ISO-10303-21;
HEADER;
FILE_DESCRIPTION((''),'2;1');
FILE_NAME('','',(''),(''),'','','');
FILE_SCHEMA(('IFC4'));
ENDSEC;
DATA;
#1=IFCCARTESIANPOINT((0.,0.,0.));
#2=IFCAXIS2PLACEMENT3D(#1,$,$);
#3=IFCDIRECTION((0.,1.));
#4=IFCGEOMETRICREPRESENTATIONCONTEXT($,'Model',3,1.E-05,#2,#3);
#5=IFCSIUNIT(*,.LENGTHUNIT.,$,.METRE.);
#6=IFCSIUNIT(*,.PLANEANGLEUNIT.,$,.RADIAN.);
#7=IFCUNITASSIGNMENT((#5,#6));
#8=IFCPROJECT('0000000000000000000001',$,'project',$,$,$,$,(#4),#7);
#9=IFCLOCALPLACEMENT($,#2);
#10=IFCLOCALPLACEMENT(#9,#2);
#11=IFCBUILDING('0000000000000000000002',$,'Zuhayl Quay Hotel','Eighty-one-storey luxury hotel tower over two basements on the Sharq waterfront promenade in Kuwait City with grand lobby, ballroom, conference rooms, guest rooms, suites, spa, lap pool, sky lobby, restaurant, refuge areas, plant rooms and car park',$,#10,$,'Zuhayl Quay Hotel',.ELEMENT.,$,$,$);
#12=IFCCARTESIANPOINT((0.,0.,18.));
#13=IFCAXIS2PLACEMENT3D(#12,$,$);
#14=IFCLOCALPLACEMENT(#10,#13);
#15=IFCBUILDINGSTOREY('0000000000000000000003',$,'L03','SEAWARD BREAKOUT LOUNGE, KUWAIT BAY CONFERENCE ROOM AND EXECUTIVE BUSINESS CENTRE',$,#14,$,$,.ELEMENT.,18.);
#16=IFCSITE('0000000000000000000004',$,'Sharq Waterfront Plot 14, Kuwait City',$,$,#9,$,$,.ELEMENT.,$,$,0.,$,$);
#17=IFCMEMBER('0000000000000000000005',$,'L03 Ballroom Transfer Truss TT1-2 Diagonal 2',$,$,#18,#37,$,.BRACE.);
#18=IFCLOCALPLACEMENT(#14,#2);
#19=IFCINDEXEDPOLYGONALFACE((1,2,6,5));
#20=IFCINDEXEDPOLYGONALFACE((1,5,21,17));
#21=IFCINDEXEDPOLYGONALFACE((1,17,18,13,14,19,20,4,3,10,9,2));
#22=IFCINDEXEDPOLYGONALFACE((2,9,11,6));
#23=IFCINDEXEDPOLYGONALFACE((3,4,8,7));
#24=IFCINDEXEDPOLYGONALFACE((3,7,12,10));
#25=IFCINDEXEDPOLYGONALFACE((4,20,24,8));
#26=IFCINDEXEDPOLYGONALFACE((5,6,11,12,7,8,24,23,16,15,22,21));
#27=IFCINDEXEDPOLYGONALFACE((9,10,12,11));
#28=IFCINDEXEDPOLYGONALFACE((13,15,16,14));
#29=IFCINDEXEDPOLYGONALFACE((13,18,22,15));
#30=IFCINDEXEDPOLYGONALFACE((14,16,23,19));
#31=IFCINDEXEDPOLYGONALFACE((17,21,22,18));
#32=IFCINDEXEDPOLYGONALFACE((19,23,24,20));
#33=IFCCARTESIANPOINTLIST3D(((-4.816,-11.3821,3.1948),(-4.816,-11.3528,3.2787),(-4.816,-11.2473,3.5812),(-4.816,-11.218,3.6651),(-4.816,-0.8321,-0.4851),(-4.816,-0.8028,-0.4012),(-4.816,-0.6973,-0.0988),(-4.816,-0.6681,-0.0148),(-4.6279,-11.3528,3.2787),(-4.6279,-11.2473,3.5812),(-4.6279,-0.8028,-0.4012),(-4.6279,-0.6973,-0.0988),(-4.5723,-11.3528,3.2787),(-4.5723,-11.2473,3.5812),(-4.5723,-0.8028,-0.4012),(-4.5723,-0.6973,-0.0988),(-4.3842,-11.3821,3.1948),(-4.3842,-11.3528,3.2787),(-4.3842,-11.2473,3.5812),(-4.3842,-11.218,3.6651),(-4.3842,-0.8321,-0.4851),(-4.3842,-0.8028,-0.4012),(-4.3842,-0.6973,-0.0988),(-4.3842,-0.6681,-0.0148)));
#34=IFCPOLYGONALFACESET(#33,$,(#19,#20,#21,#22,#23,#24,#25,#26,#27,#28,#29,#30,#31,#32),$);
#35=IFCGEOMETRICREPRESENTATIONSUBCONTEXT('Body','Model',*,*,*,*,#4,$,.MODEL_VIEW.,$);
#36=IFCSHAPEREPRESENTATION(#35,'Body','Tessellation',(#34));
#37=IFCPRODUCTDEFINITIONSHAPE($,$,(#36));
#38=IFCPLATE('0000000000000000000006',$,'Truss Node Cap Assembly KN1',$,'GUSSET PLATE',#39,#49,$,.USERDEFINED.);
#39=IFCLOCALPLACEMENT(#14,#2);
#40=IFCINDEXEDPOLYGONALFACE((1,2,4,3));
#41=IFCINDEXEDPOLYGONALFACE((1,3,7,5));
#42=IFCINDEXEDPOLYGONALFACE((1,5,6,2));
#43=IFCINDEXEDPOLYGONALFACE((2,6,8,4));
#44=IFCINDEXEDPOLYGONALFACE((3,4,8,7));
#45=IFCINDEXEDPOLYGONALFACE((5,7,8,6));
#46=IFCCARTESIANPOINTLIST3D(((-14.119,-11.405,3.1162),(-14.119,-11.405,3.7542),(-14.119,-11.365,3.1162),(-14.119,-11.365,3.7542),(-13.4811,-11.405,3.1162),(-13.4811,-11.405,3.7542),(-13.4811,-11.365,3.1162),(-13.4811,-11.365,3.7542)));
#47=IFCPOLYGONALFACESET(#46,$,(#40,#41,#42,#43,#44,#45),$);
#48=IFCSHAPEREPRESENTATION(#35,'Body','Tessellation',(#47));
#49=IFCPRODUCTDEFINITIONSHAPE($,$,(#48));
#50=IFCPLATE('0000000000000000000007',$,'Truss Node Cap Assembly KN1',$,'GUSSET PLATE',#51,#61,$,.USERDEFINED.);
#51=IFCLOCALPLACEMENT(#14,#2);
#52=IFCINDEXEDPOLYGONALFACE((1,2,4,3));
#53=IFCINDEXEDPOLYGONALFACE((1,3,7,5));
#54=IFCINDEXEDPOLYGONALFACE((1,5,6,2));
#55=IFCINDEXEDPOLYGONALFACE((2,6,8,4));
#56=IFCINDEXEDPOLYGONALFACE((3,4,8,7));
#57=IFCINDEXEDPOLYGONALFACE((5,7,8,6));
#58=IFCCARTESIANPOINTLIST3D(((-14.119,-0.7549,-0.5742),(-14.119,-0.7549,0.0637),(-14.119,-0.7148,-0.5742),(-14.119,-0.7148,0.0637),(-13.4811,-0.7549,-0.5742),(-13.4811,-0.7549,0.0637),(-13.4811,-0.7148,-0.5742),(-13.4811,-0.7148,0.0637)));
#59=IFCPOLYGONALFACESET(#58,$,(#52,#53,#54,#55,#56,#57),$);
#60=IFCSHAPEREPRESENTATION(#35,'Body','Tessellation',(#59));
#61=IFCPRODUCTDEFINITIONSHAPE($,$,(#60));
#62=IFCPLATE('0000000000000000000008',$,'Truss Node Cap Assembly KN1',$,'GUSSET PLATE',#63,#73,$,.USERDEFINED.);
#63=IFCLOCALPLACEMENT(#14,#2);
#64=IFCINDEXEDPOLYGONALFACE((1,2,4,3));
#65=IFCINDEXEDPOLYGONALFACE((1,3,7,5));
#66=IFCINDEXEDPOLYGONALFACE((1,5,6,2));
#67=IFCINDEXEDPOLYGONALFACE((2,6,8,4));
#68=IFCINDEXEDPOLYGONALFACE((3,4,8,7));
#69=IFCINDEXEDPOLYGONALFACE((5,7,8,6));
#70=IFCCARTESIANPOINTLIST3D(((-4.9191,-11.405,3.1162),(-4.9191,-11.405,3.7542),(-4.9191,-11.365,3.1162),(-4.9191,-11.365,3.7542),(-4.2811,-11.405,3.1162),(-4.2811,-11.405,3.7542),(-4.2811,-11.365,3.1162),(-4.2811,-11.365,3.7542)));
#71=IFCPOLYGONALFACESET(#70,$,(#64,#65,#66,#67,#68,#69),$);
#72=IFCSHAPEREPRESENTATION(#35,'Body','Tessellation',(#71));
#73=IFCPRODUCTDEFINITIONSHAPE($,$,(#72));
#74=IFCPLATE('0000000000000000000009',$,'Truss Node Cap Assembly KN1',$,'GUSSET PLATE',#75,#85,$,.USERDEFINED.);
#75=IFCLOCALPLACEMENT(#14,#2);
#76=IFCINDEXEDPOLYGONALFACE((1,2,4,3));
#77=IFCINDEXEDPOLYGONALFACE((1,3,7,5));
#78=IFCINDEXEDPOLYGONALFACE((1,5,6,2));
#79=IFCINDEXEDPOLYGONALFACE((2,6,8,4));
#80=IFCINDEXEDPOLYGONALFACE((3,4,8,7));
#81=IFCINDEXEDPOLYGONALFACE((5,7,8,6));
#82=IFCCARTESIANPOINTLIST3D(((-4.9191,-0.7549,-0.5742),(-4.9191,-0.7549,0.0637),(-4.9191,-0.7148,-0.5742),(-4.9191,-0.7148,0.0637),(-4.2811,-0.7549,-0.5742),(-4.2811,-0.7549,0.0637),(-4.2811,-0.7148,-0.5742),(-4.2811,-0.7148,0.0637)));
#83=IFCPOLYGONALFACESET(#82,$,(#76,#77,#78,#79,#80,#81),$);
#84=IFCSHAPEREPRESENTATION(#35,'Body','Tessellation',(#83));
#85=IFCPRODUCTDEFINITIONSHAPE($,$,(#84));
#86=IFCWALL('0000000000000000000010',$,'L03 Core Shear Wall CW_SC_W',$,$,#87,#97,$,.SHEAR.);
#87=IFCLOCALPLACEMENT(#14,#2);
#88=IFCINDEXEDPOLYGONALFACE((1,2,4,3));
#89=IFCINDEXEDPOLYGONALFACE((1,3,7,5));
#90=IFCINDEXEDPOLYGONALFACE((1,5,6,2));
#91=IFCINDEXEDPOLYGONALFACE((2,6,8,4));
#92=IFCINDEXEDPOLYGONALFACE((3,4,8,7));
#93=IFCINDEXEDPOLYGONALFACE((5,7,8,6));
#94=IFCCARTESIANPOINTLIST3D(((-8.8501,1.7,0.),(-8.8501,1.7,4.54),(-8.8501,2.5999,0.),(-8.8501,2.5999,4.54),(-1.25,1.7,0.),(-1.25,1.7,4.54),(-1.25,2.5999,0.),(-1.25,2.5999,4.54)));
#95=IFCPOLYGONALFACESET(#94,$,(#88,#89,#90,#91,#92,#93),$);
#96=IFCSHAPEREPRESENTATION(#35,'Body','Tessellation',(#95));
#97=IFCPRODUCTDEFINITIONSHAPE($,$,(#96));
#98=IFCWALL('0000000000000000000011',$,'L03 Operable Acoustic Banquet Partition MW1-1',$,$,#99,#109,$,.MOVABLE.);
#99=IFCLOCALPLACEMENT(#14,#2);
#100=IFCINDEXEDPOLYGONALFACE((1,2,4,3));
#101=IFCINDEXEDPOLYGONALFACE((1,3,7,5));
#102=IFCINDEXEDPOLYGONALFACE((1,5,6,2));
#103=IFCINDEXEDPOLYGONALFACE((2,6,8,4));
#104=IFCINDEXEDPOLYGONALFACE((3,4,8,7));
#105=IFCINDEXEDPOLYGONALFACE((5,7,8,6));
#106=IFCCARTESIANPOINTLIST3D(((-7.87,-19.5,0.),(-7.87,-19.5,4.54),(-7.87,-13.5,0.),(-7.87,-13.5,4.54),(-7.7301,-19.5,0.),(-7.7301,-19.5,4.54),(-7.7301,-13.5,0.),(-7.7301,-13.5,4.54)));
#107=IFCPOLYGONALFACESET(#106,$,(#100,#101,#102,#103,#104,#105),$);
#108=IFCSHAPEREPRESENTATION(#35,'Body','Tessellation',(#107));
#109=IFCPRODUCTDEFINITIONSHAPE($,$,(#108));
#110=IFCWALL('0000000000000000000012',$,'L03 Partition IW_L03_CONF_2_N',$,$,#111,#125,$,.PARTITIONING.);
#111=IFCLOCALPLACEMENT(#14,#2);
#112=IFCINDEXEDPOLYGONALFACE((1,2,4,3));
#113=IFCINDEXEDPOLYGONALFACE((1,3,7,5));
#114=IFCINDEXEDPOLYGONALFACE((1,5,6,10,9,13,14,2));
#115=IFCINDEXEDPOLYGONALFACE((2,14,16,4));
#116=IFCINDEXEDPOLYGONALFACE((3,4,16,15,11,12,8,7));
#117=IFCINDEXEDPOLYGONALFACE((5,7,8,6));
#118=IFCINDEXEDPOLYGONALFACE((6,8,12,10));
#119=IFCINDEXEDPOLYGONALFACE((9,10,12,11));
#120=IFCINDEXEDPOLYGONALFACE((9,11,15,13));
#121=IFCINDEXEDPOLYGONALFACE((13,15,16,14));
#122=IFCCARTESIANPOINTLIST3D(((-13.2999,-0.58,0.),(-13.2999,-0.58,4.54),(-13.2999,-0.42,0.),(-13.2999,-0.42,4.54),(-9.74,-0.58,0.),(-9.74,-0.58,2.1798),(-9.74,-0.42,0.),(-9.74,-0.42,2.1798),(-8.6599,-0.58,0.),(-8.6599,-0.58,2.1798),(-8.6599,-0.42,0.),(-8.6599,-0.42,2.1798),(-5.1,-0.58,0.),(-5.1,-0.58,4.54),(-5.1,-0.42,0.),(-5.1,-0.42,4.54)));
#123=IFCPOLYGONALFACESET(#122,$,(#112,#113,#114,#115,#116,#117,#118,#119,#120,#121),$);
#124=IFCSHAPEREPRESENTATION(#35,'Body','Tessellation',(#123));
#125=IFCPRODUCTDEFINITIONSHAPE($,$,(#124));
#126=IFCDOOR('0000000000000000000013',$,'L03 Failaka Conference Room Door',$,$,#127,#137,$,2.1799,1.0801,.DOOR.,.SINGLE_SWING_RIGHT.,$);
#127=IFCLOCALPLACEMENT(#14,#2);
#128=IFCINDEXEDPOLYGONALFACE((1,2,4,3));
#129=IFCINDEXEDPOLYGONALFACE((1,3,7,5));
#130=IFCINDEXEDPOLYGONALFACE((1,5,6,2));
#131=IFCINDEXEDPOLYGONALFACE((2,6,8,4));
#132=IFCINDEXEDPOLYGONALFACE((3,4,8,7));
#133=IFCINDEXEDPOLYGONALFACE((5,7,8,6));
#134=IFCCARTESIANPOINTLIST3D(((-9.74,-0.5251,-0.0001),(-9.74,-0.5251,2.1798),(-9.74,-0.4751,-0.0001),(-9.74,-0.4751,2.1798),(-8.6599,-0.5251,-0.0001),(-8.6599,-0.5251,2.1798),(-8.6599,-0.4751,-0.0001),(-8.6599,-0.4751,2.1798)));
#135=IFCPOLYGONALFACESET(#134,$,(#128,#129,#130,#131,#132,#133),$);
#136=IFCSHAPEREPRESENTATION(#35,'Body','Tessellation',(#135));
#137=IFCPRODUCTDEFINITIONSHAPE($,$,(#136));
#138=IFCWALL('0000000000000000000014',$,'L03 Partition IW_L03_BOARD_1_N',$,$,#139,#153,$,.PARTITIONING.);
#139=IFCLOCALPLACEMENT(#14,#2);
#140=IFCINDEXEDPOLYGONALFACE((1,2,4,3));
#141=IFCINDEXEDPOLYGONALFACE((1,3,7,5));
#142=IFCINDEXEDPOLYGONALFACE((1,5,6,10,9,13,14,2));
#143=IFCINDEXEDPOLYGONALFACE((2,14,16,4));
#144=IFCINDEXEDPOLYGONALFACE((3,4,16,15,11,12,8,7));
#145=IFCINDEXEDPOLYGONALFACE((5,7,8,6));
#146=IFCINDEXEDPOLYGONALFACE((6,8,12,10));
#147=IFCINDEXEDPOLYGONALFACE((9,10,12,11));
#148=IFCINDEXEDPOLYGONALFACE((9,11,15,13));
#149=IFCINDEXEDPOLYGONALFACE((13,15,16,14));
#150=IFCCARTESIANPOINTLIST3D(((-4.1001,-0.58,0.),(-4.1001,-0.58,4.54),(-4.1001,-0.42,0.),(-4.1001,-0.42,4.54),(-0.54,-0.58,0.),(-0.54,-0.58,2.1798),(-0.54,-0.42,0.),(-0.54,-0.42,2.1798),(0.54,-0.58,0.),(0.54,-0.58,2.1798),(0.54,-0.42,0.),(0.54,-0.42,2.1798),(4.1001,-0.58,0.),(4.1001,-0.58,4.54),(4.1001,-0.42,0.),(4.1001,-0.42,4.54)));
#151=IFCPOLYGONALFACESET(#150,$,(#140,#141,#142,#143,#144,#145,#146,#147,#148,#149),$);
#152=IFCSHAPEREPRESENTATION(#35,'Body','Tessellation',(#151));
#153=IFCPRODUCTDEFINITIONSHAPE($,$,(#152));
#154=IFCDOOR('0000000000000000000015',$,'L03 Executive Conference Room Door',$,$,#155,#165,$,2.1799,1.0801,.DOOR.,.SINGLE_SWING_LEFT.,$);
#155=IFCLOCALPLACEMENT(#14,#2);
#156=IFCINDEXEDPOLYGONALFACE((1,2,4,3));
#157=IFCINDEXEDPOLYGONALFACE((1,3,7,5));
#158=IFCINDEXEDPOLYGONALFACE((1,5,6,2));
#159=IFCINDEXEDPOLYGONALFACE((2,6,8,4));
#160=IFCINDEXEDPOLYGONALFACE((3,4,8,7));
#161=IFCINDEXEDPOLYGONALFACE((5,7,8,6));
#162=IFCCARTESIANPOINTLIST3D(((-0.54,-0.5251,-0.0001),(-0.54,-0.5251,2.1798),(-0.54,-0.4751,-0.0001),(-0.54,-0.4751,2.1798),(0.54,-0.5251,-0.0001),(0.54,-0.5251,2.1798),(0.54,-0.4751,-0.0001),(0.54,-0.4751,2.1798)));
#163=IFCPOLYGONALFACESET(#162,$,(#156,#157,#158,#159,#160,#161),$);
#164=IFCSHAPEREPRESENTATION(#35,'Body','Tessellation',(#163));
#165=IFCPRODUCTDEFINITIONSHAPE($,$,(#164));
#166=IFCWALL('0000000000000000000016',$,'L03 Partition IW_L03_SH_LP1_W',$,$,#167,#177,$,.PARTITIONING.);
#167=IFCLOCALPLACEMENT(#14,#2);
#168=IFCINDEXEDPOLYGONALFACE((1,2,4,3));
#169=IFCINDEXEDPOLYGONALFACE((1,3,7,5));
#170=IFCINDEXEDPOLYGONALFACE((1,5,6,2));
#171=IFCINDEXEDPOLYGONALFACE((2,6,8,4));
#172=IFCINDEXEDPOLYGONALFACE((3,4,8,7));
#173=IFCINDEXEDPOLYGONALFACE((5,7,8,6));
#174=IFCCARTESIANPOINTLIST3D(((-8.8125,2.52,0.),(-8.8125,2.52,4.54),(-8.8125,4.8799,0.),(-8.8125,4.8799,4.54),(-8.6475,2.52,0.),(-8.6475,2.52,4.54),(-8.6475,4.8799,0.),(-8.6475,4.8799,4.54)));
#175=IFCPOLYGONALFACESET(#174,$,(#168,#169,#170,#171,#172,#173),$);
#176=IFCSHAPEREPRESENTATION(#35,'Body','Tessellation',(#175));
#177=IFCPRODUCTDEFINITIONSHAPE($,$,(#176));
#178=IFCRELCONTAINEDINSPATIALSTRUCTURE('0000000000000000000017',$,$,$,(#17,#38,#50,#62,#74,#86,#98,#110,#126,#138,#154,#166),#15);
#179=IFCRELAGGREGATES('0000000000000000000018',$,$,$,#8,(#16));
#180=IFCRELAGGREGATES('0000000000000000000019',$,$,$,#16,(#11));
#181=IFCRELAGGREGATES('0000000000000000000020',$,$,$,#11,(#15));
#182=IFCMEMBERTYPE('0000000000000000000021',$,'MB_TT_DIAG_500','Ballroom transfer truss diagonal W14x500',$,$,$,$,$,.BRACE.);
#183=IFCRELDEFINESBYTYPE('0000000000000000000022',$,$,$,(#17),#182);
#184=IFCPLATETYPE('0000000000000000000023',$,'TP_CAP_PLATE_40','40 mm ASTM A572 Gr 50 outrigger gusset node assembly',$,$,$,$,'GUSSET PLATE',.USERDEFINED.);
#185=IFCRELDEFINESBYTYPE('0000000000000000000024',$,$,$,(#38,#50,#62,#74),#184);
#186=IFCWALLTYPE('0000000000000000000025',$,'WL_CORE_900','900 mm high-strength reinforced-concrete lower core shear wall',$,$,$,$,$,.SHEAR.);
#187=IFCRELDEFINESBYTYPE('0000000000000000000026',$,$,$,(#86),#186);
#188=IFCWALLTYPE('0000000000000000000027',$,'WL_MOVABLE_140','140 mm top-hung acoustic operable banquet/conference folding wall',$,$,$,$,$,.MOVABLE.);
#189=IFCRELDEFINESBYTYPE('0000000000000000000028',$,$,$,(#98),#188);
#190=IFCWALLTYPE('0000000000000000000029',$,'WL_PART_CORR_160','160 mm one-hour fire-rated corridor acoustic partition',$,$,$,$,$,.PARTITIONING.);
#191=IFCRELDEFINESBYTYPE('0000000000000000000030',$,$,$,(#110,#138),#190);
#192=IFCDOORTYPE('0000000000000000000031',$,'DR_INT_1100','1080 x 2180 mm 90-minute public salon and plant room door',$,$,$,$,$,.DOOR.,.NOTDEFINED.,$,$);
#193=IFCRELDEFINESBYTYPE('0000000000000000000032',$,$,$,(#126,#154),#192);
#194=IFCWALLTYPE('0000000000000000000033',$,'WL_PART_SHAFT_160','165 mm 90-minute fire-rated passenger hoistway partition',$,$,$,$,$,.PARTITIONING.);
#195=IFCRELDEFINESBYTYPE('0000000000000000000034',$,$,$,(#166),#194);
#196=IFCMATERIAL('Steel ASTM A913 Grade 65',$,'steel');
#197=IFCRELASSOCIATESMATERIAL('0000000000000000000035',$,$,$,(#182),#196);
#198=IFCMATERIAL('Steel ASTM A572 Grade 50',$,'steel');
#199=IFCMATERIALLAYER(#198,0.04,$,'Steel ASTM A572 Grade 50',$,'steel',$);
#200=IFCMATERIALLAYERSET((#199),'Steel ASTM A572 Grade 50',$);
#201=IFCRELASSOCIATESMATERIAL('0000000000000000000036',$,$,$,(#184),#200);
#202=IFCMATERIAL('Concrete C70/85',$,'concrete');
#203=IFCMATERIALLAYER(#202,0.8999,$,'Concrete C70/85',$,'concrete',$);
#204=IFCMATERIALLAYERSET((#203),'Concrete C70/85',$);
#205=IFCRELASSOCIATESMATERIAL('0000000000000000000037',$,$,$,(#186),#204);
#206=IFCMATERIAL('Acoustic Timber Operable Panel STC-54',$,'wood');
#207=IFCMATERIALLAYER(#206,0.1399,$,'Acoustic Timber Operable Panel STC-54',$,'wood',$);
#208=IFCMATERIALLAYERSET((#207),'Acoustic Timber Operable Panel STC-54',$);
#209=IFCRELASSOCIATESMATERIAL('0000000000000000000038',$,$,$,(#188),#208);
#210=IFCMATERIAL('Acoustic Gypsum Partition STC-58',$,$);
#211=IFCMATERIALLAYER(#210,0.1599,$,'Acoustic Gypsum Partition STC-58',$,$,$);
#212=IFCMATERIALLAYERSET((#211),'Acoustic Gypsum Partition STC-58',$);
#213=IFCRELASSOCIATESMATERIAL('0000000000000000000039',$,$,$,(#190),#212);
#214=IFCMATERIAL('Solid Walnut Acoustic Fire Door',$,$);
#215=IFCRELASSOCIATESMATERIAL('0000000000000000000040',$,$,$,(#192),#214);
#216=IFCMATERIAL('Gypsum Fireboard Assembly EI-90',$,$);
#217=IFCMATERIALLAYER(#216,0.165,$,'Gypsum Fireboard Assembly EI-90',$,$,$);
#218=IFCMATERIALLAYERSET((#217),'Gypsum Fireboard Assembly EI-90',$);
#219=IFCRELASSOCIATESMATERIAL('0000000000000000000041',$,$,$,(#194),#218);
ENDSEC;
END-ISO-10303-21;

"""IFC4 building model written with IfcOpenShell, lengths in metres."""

from ifc_helpers import new_model, si_unit, direction, frame, frame_2d, origin, origin_2d, place, context, subcontext, project, spatial, rectangle, i_section, extrude, material, layer, layer_set, material_profile, profile_set, type_object, element, fill, save


model = new_model("IFC4")

# Units and contexts
model_context = context("Model", 3, precision=1e-05, world=origin(), true_north=direction((0.0, 1.0)))
body_context = subcontext(model_context, "Body", "Model", "MODEL_VIEW")
ifc_project = project(units=[si_unit("LENGTHUNIT", "METRE"), si_unit("PLANEANGLEUNIT", "RADIAN")], contexts=[model_context])

# Site, building, storey
site_placement = place(None, origin())
site = spatial("IfcSite", under=ifc_project, at=site_placement, Name="Sharq Waterfront Plot 14, Kuwait City", CompositionType="ELEMENT", RefElevation=0.0)
building_placement = place(site_placement, origin())
building = spatial("IfcBuilding", under=site, at=building_placement, Name="Zuhayl Quay Hotel", Description="Eighty-one-storey luxury hotel tower over two basements on the Sharq waterfront promenade in Kuwait City with grand lobby, ballroom, conference rooms, guest rooms, suites, spa, lap pool, sky lobby, restaurant, refuge areas, plant rooms and car park", LongName="Zuhayl Quay Hotel", CompositionType="ELEMENT")
storey_placement = place(building_placement, frame((0.0, 0.0, 18.0)))
storey = spatial("IfcBuildingStorey", under=building, at=storey_placement, Name="L03", Description="SEAWARD BREAKOUT LOUNGE, KUWAIT BAY CONFERENCE ROOM AND EXECUTIVE BUSINESS CENTRE", CompositionType="ELEMENT", Elevation=18.0)

# Shared definitions
ifc_material_1 = material(Name="Concrete C70/85", Category="concrete")

# Member
ifc_material_2 = material(Name="Steel ASTM A913 Grade 65", Category="steel")
ifc_material_profile_1 = material_profile(ifc_material_2, i_section(OverallWidth=0.4319, OverallDepth=0.498, WebThickness=0.0557, FlangeThickness=0.0889, at=origin_2d()), Name="W14X500")
ifc_profile_set_1 = profile_set([ifc_material_profile_1], Name="Steel ASTM A913 Grade 65")
member_type = type_object("IfcMemberType", Name="MB_TT_DIAG_500", Description="Ballroom transfer truss diagonal W14x500", PredefinedType="BRACE", material=ifc_profile_set_1)
for number, where, z_axis, x_axis, name in (
    (1, (-4.6001, -11.3, 3.4299), (0.0, 0.944209, -0.329347), (-1.0, 0.0, 0.0), "L03 Ballroom Transfer Truss TT1-2 Diagonal 2"),
):
    element("IfcMember", number, at=place(storey_placement, frame(where, z_axis=z_axis, x_axis=x_axis)), inside=storey, type_object=member_type, Name=name, PredefinedType="BRACE", context=body_context, shape_type="SweptSolid", body=[
        extrude(i_section(OverallWidth=0.4319, OverallDepth=0.498, WebThickness=0.0557, FlangeThickness=0.0889, at=origin_2d()), origin(), (0.0, 0.0, 1.0), 11.1733),
    ])

# Plates
ifc_material_3 = material(Name="Steel ASTM A572 Grade 50", Category="steel")
ifc_layer_1 = layer(ifc_material_3, 0.04, Name="Steel ASTM A572 Grade 50", Category="steel")
ifc_layer_set_1 = layer_set([ifc_layer_1], Name="Steel ASTM A572 Grade 50")
plate_type = type_object("IfcPlateType", Name="TP_CAP_PLATE_40", Description="40 mm ASTM A572 Gr 50 outrigger gusset node assembly", ElementType="GUSSET PLATE", PredefinedType="USERDEFINED", material=ifc_layer_set_1)
for number, where, z_axis, x_axis, name in (
    (2, (-13.8, -11.385, 3.1162), (0.0, 0.0, 1.0), (0.0, 1.0, 0.0), "Truss Node Cap Assembly KN1"),
    (3, (-13.8, -0.7349, -0.5742), (0.0, 0.0, 1.0), (0.0, 1.0, 0.0), "Truss Node Cap Assembly KN1"),
    (4, (-4.6001, -11.385, 3.1162), (0.0, 0.0, 1.0), (0.0, 1.0, 0.0), "Truss Node Cap Assembly KN1"),
    (5, (-4.6001, -0.7349, -0.5742), (0.0, 0.0, 1.0), (0.0, 1.0, 0.0), "Truss Node Cap Assembly KN1"),
):
    element("IfcPlate", number, at=place(storey_placement, frame(where, z_axis=z_axis, x_axis=x_axis)), inside=storey, type_object=plate_type, Name=name, ObjectType="GUSSET PLATE", PredefinedType="USERDEFINED", context=body_context, shape_type="SweptSolid", body=[
        extrude(rectangle(XDim=0.04, YDim=0.6379, at=origin_2d()), origin(), (0.0, 0.0, 1.0), 0.6379),
    ])

# Walls
ifc_layer_2 = layer(ifc_material_1, 0.8999, Name="Concrete C70/85", Category="concrete")
ifc_layer_set_2 = layer_set([ifc_layer_2], Name="Concrete C70/85")
wall_type_1 = type_object("IfcWallType", Name="WL_CORE_900", Description="900 mm high-strength reinforced-concrete lower core shear wall", PredefinedType="SHEAR", material=ifc_layer_set_2)
wall_1_placement = place(storey_placement, frame((-8.8501, 2.1499, 0.0), z_axis=(0.0, 0.0, 1.0), x_axis=(1.0, 0.0, 0.0)))
element("IfcWall", 6, at=wall_1_placement, inside=storey, type_object=wall_type_1, Name="L03 Core Shear Wall CW_SC_W", PredefinedType="SHEAR", context=body_context, shape_type="SweptSolid", body=[
    extrude(rectangle(XDim=7.6001, YDim=0.8999, at=frame_2d((3.8, 0.0))), origin(), (0.0, 0.0, 1.0), 4.54),
])
ifc_material_4 = material(Name="Acoustic Timber Operable Panel STC-54", Category="wood")
ifc_layer_3 = layer(ifc_material_4, 0.1399, Name="Acoustic Timber Operable Panel STC-54", Category="wood")
ifc_layer_set_3 = layer_set([ifc_layer_3], Name="Acoustic Timber Operable Panel STC-54")
wall_type_2 = type_object("IfcWallType", Name="WL_MOVABLE_140", Description="140 mm top-hung acoustic operable banquet/conference folding wall", PredefinedType="MOVABLE", material=ifc_layer_set_3)
wall_2_placement = place(storey_placement, frame((-7.8, -19.5, 0.0), z_axis=(0.0, 0.0, 1.0), x_axis=(0.0, 1.0, 0.0)))
element("IfcWall", 7, at=wall_2_placement, inside=storey, type_object=wall_type_2, Name="L03 Operable Acoustic Banquet Partition MW1-1", PredefinedType="MOVABLE", context=body_context, shape_type="SweptSolid", body=[
    extrude(rectangle(XDim=6.0, YDim=0.1399, at=frame_2d((3.0, 0.0))), origin(), (0.0, 0.0, 1.0), 4.54),
])

# Walls, openings, doors
ifc_material_5 = material(Name="Acoustic Gypsum Partition STC-58")
ifc_layer_4 = layer(ifc_material_5, 0.1599, Name="Acoustic Gypsum Partition STC-58")
ifc_layer_set_4 = layer_set([ifc_layer_4], Name="Acoustic Gypsum Partition STC-58")
wall_type_3 = type_object("IfcWallType", Name="WL_PART_CORR_160", Description="160 mm one-hour fire-rated corridor acoustic partition", PredefinedType="PARTITIONING", material=ifc_layer_set_4)
wall_3_placement = place(storey_placement, frame((-13.3, -0.5, 0.0), z_axis=(0.0, 0.0, 1.0), x_axis=(1.0, 0.0, 0.0)))
wall_3 = element("IfcWall", 8, at=wall_3_placement, inside=storey, type_object=wall_type_3, Name="L03 Partition IW_L03_CONF_2_N", PredefinedType="PARTITIONING", context=body_context, shape_type="SweptSolid", body=[
    extrude(rectangle(XDim=8.2, YDim=0.1599, at=frame_2d((4.1001, 0.0))), origin(), (0.0, 0.0, 1.0), 4.54),
])
opening_1_placement = place(wall_3_placement, frame((3.5601, 0.0, 0.0)))
opening_1 = element("IfcOpeningElement", 9, at=opening_1_placement, cuts=wall_3, PredefinedType="OPENING", context=body_context, shape_type="SweptSolid", body=[
    extrude(rectangle(XDim=1.0801, YDim=2.1799, at=frame_2d((0.54, 1.0898))), frame((0.0, 0.0898, 0.0), z_axis=(0.0, -1.0, 0.0), x_axis=(1.0, 0.0, 0.0)), (0.0, 0.0, 1.0), 0.1799),
])
ifc_material_6 = material(Name="Solid Walnut Acoustic Fire Door")
door_type = type_object("IfcDoorType", Name="DR_INT_1100", Description="1080 x 2180 mm 90-minute public salon and plant room door", OperationType="NOTDEFINED", PredefinedType="DOOR", material=ifc_material_6)
door_1_placement = place(opening_1_placement, origin())
door_1 = element("IfcDoor", 10, at=door_1_placement, inside=storey, type_object=door_type, Name="L03 Failaka Conference Room Door", OperationType="SINGLE_SWING_RIGHT", OverallHeight=2.1799, OverallWidth=1.0801, PredefinedType="DOOR", context=body_context, shape_type="SweptSolid", body=[
    extrude(rectangle(XDim=1.0801, YDim=2.1799, at=frame_2d((0.54, 1.0898))), frame((0.0, 0.0249, 0.0), z_axis=(0.0, -1.0, 0.0), x_axis=(1.0, 0.0, 0.0)), (0.0, 0.0, 1.0), 0.05),
])
fill(opening_1, door_1)
wall_4_placement = place(storey_placement, frame((-4.1001, -0.5, 0.0), z_axis=(0.0, 0.0, 1.0), x_axis=(1.0, 0.0, 0.0)))
wall_4 = element("IfcWall", 11, at=wall_4_placement, inside=storey, type_object=wall_type_3, Name="L03 Partition IW_L03_BOARD_1_N", PredefinedType="PARTITIONING", context=body_context, shape_type="SweptSolid", body=[
    extrude(rectangle(XDim=8.2002, YDim=0.1599, at=frame_2d((4.1001, 0.0))), origin(), (0.0, 0.0, 1.0), 4.54),
])
opening_2_placement = place(wall_4_placement, frame((3.5601, 0.0, 0.0)))
opening_2 = element("IfcOpeningElement", 12, at=opening_2_placement, cuts=wall_4, PredefinedType="OPENING", context=body_context, shape_type="SweptSolid", body=[
    extrude(rectangle(XDim=1.0801, YDim=2.1799, at=frame_2d((0.54, 1.0898))), frame((0.0, 0.0898, 0.0), z_axis=(0.0, -1.0, 0.0), x_axis=(1.0, 0.0, 0.0)), (0.0, 0.0, 1.0), 0.1799),
])
door_2_placement = place(opening_2_placement, origin())
door_2 = element("IfcDoor", 13, at=door_2_placement, inside=storey, type_object=door_type, Name="L03 Executive Conference Room Door", OperationType="SINGLE_SWING_LEFT", OverallHeight=2.1799, OverallWidth=1.0801, PredefinedType="DOOR", context=body_context, shape_type="SweptSolid", body=[
    extrude(rectangle(XDim=1.0801, YDim=2.1799, at=frame_2d((0.54, 1.0898))), frame((0.0, 0.0249, 0.0), z_axis=(0.0, -1.0, 0.0), x_axis=(1.0, 0.0, 0.0)), (0.0, 0.0, 1.0), 0.05),
])
fill(opening_2, door_2)

# Wall
ifc_material_7 = material(Name="Gypsum Fireboard Assembly EI-90")
ifc_layer_5 = layer(ifc_material_7, 0.165, Name="Gypsum Fireboard Assembly EI-90")
ifc_layer_set_5 = layer_set([ifc_layer_5], Name="Gypsum Fireboard Assembly EI-90")
wall_type_4 = type_object("IfcWallType", Name="WL_PART_SHAFT_160", Description="165 mm 90-minute fire-rated passenger hoistway partition", PredefinedType="PARTITIONING", material=ifc_layer_set_5)
for number, where, z_axis, x_axis, name in (
    (14, (-8.73, 2.52, 0.0), (0.0, 0.0, 1.0), (0.0, 1.0, 0.0), "L03 Partition IW_L03_SH_LP1_W"),
):
    element("IfcWall", number, at=place(storey_placement, frame(where, z_axis=z_axis, x_axis=x_axis)), inside=storey, type_object=wall_type_4, Name=name, PredefinedType="PARTITIONING", context=body_context, shape_type="SweptSolid", body=[
        extrude(rectangle(XDim=2.3599, YDim=0.165, at=frame_2d((1.1799, 0.0))), origin(), (0.0, 0.0, 1.0), 4.54),
    ])

save(model, "model.ifc")
